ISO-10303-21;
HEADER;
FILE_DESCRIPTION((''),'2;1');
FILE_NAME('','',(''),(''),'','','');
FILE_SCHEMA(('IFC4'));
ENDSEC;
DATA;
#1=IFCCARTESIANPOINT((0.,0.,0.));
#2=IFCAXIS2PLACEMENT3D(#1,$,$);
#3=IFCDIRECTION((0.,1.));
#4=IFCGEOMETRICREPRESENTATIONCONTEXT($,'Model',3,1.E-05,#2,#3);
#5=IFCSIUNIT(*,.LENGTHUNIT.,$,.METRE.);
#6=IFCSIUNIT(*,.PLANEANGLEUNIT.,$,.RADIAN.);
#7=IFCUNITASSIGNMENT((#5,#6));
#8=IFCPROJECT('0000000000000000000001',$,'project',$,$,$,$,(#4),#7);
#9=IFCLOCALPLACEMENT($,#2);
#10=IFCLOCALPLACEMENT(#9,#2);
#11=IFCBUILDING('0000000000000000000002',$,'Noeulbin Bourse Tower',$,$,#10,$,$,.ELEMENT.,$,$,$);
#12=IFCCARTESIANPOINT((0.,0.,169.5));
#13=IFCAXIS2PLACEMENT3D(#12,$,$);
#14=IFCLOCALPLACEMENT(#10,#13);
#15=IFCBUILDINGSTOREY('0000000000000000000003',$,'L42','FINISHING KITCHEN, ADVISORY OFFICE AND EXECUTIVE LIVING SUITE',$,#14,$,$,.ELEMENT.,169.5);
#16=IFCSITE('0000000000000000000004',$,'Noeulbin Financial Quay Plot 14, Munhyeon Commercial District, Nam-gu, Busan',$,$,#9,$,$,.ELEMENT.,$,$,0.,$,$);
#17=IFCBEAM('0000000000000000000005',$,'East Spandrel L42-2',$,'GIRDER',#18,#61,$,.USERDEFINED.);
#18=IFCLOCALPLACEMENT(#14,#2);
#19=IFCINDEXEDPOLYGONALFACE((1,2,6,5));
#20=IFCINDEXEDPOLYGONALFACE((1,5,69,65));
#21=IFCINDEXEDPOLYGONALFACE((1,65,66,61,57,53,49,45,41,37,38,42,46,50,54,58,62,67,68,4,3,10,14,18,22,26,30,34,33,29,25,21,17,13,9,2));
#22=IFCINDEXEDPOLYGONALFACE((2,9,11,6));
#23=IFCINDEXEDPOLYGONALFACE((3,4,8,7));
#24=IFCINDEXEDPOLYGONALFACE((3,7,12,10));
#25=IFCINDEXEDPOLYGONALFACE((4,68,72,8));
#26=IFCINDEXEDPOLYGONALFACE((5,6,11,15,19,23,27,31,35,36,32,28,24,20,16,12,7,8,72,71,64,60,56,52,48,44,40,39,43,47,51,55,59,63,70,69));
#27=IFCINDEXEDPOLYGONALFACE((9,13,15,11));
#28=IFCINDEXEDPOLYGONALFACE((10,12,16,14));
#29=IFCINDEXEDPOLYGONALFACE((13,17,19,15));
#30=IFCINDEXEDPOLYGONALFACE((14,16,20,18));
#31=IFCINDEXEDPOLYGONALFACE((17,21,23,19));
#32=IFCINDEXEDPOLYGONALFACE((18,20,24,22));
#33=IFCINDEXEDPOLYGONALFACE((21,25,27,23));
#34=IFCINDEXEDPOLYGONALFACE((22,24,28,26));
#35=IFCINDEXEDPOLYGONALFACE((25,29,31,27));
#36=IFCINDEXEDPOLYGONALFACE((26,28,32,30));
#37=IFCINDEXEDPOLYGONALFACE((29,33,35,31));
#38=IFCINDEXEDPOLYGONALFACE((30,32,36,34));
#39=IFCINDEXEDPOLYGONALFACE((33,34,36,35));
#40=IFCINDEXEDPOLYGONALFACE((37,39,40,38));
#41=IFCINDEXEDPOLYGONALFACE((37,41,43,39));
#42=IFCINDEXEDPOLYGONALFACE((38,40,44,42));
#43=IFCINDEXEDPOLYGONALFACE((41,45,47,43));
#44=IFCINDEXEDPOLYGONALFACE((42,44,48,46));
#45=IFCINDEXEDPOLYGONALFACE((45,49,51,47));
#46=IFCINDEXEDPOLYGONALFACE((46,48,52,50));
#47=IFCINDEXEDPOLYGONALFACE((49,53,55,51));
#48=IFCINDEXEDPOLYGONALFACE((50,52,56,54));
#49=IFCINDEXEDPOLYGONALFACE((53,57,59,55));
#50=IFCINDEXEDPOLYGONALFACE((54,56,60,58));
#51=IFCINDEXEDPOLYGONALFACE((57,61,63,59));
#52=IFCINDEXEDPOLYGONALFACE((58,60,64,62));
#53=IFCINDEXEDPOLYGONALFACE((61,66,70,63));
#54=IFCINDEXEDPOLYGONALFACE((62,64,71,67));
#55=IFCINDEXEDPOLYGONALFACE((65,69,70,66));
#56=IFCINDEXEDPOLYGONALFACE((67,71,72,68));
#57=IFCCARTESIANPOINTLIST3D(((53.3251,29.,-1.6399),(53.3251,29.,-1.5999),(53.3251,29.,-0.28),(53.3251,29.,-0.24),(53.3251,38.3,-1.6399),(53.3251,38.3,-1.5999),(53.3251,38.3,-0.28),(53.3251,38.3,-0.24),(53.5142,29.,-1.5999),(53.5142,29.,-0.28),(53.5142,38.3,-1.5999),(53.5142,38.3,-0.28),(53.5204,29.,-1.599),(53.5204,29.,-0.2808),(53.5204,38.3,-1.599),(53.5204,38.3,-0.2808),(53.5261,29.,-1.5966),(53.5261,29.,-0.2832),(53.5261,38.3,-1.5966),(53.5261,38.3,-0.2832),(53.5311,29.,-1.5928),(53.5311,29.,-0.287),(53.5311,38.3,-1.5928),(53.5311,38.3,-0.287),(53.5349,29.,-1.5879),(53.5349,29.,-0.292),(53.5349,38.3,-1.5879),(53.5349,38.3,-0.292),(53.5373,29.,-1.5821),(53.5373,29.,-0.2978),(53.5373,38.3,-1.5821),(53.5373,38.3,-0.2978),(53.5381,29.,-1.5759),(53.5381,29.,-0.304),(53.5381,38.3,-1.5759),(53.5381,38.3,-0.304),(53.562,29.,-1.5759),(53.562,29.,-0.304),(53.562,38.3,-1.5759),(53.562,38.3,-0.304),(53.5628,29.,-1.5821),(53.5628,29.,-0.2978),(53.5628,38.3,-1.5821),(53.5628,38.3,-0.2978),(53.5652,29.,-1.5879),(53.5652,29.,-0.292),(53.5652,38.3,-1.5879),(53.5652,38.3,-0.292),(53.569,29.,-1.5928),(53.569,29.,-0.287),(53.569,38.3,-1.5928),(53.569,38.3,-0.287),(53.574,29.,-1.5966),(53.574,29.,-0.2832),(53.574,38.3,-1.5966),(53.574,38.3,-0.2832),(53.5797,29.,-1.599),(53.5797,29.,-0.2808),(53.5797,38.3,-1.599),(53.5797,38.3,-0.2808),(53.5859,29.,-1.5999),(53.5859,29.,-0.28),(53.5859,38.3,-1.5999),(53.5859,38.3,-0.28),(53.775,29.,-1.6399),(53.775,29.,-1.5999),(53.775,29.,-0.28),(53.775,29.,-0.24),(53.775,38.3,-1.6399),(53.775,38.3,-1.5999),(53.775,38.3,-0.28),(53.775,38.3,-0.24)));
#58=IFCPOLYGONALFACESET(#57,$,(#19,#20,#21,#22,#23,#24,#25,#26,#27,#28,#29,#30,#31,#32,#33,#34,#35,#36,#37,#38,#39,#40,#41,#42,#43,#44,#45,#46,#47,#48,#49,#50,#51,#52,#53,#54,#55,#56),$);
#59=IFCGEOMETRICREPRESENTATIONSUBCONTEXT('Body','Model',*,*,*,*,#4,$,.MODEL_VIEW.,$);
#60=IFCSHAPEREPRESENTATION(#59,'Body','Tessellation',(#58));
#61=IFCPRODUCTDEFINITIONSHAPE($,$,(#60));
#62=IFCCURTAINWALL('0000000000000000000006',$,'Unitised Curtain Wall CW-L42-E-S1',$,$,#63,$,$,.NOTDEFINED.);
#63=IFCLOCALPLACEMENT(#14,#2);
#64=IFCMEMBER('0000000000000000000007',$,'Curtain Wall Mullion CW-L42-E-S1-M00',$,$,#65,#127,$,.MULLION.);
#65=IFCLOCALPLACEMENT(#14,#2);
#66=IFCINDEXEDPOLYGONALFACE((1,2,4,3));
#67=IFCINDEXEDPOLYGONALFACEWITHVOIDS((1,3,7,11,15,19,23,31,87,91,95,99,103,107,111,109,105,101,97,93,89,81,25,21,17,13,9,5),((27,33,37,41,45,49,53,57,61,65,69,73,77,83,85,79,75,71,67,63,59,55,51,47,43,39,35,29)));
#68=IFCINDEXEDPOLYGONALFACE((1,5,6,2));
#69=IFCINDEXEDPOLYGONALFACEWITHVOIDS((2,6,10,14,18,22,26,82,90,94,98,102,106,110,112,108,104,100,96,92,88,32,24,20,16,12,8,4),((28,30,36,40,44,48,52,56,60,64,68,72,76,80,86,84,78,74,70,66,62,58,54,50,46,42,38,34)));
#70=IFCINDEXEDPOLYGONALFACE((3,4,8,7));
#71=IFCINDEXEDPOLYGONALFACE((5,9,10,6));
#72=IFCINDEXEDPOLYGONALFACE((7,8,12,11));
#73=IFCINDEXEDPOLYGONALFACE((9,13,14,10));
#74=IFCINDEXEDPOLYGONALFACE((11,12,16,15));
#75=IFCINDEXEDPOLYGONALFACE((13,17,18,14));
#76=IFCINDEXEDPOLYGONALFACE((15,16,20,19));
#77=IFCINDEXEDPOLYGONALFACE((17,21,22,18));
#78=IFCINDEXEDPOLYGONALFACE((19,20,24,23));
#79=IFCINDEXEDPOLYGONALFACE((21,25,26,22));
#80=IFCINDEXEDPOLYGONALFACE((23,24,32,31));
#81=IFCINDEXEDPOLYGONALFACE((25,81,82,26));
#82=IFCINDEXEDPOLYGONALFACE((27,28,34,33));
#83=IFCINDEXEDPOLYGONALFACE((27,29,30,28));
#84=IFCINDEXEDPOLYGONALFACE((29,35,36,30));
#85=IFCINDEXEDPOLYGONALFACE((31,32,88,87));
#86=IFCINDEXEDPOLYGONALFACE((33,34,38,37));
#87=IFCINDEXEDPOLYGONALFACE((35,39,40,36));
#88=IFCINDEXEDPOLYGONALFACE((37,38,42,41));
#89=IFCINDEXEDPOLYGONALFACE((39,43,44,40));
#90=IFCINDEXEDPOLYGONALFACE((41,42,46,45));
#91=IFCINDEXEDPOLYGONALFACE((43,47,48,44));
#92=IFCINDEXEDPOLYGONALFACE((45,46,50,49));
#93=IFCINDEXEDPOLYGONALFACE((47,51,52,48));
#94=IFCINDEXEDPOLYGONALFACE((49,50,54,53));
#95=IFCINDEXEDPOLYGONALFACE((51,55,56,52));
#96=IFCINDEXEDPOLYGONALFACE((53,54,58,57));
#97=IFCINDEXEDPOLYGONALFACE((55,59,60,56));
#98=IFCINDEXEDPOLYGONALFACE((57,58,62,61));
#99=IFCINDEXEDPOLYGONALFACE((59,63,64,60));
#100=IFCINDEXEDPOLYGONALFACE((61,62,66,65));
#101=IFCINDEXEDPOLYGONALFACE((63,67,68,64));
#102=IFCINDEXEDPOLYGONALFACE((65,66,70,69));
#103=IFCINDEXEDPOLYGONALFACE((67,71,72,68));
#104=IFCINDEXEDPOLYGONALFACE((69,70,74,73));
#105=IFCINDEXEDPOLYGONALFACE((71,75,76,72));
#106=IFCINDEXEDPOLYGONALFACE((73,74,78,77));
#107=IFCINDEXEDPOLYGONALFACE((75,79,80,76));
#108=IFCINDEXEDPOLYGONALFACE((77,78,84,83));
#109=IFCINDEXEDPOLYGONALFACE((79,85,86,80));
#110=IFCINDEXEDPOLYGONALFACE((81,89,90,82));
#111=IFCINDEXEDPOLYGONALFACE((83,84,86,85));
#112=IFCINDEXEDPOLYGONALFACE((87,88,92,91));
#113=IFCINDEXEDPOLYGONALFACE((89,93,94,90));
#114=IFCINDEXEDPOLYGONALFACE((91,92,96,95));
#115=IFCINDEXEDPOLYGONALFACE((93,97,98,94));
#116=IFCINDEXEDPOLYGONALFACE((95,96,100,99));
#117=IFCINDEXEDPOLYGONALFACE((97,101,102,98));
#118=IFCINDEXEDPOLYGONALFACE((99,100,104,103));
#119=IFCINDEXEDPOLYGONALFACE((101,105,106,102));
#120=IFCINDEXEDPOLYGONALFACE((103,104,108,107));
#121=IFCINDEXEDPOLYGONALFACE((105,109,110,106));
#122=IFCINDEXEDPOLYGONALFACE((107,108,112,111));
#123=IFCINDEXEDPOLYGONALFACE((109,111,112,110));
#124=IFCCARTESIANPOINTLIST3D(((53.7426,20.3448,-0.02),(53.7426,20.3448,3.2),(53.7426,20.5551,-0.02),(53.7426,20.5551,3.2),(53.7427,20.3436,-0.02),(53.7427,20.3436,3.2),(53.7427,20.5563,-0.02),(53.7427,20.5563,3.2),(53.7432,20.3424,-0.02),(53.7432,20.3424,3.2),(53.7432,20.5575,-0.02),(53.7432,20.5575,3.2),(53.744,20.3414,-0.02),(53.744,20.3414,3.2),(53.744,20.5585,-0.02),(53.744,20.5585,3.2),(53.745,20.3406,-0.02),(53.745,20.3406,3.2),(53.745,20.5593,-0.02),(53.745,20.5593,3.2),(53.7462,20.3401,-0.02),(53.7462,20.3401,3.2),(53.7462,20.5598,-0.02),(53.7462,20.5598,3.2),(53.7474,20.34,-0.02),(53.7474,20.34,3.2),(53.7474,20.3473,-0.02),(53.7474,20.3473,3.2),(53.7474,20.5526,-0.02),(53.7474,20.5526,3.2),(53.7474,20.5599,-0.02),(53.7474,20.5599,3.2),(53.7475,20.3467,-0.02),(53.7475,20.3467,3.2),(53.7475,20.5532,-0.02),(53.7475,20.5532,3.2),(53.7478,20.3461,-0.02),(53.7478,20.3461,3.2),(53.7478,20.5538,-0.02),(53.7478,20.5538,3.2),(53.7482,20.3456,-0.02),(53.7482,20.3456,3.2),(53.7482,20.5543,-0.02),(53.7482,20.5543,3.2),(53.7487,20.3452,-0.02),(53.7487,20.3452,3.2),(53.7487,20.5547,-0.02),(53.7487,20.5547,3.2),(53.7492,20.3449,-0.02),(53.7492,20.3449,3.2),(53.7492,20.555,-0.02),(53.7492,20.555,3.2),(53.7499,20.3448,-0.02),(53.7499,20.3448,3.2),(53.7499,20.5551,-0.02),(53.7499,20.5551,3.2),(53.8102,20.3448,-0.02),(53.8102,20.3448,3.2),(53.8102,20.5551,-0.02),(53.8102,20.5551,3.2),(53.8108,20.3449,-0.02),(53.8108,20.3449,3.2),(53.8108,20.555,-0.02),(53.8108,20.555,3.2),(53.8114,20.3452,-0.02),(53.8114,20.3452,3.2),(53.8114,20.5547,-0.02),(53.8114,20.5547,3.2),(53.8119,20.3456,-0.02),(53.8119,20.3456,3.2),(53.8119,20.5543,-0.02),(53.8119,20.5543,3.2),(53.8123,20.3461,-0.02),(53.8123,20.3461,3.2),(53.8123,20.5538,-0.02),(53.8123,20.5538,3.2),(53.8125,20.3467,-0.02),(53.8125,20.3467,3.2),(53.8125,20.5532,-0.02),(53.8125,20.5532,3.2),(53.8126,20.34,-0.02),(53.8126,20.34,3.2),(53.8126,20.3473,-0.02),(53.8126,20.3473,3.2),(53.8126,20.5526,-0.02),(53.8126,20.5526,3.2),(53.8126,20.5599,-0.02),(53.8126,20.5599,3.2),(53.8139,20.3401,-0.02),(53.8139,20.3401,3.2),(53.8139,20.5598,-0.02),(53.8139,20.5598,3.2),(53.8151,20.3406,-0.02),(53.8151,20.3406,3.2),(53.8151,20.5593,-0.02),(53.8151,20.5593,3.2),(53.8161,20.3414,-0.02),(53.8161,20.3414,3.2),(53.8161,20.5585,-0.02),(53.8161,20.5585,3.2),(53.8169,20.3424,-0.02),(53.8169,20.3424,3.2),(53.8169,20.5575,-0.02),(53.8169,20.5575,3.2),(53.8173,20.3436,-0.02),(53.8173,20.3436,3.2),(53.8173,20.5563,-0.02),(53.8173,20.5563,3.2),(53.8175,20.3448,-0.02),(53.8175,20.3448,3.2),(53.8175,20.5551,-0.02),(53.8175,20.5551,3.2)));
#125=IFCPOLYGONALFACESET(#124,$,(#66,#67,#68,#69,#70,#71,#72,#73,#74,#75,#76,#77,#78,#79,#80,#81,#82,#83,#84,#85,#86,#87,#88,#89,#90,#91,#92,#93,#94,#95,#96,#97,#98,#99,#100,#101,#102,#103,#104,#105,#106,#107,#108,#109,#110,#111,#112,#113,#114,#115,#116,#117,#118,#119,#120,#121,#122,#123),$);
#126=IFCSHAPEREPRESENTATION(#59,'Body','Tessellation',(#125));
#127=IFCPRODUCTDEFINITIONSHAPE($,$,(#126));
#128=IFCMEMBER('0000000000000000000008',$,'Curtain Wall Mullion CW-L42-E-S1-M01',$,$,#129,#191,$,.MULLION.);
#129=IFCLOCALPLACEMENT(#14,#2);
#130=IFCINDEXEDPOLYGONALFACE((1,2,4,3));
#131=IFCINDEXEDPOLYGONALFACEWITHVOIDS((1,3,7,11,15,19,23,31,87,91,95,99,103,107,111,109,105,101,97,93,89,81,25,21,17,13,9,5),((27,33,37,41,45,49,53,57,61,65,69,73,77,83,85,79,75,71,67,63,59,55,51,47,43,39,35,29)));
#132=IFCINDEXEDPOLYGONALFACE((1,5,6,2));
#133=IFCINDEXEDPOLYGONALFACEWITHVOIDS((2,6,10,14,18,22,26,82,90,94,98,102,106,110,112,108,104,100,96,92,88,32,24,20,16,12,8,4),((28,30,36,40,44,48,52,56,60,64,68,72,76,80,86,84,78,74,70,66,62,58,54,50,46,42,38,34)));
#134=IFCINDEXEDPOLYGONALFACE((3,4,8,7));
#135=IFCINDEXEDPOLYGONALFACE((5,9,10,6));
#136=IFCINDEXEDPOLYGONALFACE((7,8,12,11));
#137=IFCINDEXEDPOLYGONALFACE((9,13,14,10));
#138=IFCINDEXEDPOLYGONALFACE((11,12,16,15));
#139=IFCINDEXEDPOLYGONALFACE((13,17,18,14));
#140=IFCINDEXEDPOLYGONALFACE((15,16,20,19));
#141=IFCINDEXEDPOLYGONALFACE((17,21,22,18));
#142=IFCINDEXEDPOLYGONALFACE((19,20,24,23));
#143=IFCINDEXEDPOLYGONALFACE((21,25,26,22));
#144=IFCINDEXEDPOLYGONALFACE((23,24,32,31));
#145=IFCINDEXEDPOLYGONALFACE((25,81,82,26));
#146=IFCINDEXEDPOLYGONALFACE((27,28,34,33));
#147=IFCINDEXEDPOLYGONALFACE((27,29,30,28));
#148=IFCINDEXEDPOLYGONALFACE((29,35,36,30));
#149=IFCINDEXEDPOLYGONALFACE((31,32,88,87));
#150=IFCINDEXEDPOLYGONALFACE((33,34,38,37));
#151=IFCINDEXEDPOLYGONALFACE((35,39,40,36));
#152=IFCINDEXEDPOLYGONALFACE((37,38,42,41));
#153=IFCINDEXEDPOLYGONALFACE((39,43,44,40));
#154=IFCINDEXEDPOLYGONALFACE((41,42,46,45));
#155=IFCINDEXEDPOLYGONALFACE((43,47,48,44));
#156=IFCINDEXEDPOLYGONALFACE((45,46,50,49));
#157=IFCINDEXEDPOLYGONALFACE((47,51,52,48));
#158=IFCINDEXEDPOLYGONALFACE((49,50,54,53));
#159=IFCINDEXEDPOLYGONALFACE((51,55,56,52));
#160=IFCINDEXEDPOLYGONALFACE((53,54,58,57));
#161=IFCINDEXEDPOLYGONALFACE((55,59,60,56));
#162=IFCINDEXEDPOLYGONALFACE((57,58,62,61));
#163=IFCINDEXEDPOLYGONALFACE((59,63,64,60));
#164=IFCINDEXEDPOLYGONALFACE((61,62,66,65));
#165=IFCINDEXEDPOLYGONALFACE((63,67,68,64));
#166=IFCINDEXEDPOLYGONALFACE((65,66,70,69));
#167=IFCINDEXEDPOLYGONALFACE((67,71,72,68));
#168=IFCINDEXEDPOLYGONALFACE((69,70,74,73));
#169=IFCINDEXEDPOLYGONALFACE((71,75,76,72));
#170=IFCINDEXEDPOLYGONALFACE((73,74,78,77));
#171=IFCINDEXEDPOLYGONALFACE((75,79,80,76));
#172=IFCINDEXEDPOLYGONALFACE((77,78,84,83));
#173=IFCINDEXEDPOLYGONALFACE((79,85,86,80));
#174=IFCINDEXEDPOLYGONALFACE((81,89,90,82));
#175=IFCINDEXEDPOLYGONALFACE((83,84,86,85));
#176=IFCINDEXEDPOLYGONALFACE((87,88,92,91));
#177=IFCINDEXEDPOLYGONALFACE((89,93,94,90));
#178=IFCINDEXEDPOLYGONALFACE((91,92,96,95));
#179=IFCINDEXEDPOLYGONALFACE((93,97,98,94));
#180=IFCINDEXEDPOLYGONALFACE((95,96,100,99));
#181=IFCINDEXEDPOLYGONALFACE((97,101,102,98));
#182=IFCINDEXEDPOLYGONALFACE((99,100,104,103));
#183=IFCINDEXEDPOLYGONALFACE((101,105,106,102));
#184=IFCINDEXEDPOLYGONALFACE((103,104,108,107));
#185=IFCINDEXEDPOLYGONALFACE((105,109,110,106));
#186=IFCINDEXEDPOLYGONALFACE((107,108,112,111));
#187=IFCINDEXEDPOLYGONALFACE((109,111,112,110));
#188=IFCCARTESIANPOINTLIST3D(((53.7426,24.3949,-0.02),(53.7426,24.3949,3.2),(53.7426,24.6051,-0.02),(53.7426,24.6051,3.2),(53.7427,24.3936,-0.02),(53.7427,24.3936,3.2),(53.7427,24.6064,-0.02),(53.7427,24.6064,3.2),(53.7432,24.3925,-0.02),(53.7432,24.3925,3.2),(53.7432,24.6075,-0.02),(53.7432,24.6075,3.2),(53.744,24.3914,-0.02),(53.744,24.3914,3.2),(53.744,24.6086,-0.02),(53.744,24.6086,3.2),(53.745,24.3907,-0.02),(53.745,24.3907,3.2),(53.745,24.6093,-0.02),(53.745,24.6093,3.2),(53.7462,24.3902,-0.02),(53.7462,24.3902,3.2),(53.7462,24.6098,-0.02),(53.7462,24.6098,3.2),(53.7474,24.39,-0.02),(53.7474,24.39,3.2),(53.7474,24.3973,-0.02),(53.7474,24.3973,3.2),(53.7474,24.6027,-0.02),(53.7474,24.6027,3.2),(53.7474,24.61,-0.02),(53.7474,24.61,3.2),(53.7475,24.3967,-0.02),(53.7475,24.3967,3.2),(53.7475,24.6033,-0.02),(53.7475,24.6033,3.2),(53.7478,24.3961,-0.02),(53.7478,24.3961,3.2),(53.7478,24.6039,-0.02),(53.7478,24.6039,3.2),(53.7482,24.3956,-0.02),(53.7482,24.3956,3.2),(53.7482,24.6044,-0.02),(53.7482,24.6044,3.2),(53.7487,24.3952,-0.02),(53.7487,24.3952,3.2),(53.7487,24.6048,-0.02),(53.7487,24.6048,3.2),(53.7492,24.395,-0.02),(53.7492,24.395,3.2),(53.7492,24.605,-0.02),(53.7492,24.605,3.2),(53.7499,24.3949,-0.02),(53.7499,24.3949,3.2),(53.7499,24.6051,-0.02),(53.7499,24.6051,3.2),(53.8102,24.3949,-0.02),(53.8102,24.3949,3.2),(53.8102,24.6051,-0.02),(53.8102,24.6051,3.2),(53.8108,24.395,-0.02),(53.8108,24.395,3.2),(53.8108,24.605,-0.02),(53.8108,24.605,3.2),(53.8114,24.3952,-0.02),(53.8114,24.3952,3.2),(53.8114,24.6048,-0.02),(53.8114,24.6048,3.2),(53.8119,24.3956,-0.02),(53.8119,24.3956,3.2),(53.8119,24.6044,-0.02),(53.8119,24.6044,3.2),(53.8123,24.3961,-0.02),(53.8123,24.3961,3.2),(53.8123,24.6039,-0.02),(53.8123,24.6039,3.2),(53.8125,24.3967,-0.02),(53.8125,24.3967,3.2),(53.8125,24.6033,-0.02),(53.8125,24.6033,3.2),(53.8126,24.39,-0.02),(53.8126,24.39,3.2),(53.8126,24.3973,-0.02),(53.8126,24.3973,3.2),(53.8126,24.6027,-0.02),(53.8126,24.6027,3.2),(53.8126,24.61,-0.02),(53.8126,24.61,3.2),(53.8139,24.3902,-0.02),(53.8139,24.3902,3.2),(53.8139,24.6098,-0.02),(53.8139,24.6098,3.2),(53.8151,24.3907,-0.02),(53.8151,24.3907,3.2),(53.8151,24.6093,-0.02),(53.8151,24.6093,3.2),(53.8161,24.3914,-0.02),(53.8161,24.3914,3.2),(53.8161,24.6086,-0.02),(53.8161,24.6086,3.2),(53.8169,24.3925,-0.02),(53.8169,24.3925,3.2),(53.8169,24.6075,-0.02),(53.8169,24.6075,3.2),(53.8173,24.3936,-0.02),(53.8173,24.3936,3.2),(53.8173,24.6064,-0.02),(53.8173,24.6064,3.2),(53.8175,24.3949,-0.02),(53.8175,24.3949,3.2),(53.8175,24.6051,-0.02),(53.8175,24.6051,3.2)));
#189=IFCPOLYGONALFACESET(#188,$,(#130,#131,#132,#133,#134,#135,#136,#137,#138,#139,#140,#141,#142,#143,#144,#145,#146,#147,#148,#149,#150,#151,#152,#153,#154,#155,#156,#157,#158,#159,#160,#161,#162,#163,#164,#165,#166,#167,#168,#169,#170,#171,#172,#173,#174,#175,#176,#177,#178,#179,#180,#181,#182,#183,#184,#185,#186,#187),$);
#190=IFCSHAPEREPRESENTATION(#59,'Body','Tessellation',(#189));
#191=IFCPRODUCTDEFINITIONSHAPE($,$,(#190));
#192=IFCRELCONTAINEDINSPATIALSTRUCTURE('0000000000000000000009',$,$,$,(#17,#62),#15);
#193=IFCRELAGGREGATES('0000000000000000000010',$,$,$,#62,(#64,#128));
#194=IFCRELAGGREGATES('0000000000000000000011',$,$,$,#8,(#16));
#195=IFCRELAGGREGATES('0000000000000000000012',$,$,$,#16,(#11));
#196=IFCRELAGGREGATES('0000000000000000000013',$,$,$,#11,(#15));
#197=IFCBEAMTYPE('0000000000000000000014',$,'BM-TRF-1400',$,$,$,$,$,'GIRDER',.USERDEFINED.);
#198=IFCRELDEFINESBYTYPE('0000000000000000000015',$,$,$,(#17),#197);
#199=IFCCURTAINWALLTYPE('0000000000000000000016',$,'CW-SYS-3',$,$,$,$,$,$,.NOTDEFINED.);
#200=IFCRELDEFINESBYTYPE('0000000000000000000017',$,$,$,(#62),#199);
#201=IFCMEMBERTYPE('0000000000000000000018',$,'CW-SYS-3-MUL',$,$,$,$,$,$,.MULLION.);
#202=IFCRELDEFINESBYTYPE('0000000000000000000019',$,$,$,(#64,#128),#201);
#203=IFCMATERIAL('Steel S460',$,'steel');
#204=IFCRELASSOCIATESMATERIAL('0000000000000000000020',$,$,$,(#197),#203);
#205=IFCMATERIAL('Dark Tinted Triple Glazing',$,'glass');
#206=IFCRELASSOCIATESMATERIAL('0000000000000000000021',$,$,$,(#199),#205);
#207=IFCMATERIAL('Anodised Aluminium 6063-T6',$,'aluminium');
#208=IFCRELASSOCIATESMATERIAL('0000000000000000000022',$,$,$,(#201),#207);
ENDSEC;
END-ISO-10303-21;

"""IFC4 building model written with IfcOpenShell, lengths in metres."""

from ifc_helpers import new_model, si_unit, direction, frame, origin, origin_2d, place, context, subcontext, project, spatial, hollow_rectangle, i_section, extrude, material, material_profile, profile_set, type_object, element, aggregate, save


model = new_model("IFC4")

# Units and contexts
model_context = context("Model", 3, precision=1e-05, world=origin(), true_north=direction((0.0, 1.0)))
body_context = subcontext(model_context, "Body", "Model", "MODEL_VIEW")
ifc_project = project(units=[si_unit("LENGTHUNIT", "METRE"), si_unit("PLANEANGLEUNIT", "RADIAN")], contexts=[model_context])

# Site, building, storey
site_placement = place(None, origin())
site = spatial("IfcSite", under=ifc_project, at=site_placement, Name="Noeulbin Financial Quay Plot 14, Munhyeon Commercial District, Nam-gu, Busan", CompositionType="ELEMENT", RefElevation=0.0)
building_placement = place(site_placement, origin())
building = spatial("IfcBuilding", under=site, at=building_placement, Name="Noeulbin Bourse Tower", CompositionType="ELEMENT")
storey_placement = place(building_placement, frame((0.0, 0.0, 169.5)))
storey = spatial("IfcBuildingStorey", under=building, at=storey_placement, Name="L42", Description="FINISHING KITCHEN, ADVISORY OFFICE AND EXECUTIVE LIVING SUITE", CompositionType="ELEMENT", Elevation=169.5)

# Shared definitions
ifc_material_1 = material(Name="Steel S460", Category="steel")

# Beam
ifc_material_profile_1 = material_profile(ifc_material_1, i_section(OverallWidth=0.45, OverallDepth=1.3999, WebThickness=0.0239, FlangeThickness=0.04, FilletRadius=0.0239, at=origin_2d()), Name="PG-1400x450x24x40", Category="LoadBearing")
ifc_profile_set_1 = profile_set([ifc_material_profile_1], Name="Steel S460")
beam_type_1 = type_object("IfcBeamType", Name="BM-TRF-1400", ElementType="GIRDER", PredefinedType="USERDEFINED", material=ifc_profile_set_1)
beam_1_placement = place(storey_placement, frame((53.55, 29.0, -0.9399), z_axis=(0.0, 1.0, 0.0), x_axis=(-1.0, 0.0, 0.0)))
element("IfcBeam", 1, at=beam_1_placement, inside=storey, type_object=beam_type_1, Name="East Spandrel L42-2", ObjectType="GIRDER", PredefinedType="USERDEFINED", context=body_context, shape_type="SweptSolid", body=[
    extrude(i_section(OverallWidth=0.45, OverallDepth=1.3999, WebThickness=0.0239, FlangeThickness=0.04, FilletRadius=0.0239, at=origin_2d()), origin(), (0.0, 0.0, 1.0), 9.3),
])

# Curtain wall, members
ifc_material_2 = material(Name="Dark Tinted Triple Glazing", Category="glass")
curtain_wall_type = type_object("IfcCurtainWallType", Name="CW-SYS-3", PredefinedType="NOTDEFINED", material=ifc_material_2)
curtain_wall_placement = place(storey_placement, origin())
curtain_wall = element("IfcCurtainWall", 2, at=curtain_wall_placement, inside=storey, type_object=curtain_wall_type, Name="Unitised Curtain Wall CW-L42-E-S1", PredefinedType="NOTDEFINED")
ifc_material_3 = material(Name="Anodised Aluminium 6063-T6", Category="aluminium")
ifc_material_profile_2 = material_profile(ifc_material_3, hollow_rectangle(XDim=0.075, YDim=0.22, WallThickness=0.0049, InnerFilletRadius=0.0024, OuterFilletRadius=0.0049, at=origin_2d()), Name="ALU-MULL-75x220x5", Category="LoadBearing")
ifc_profile_set_2 = profile_set([ifc_material_profile_2], Name="Anodised Aluminium 6063-T6")
member_type_1 = type_object("IfcMemberType", Name="CW-SYS-3-MUL", PredefinedType="MULLION", material=ifc_profile_set_2)
member_1_placement = place(storey_placement, frame((53.78, 20.45, -0.02), z_axis=(0.0, 0.0, 1.0), x_axis=(1.0, 0.0, 0.0)))
member_1 = element("IfcMember", 3, at=member_1_placement, type_object=member_type_1, Name="Curtain Wall Mullion CW-L42-E-S1-M00", PredefinedType="MULLION", context=body_context, shape_type="SweptSolid", body=[
    extrude(hollow_rectangle(XDim=0.075, YDim=0.22, WallThickness=0.0049, InnerFilletRadius=0.0024, OuterFilletRadius=0.0049, at=origin_2d()), origin(), (0.0, 0.0, 1.0), 3.22),
])
member_2_placement = place(storey_placement, frame((53.78, 24.5, -0.02), z_axis=(0.0, 0.0, 1.0), x_axis=(1.0, 0.0, 0.0)))
member_2 = element("IfcMember", 4, at=member_2_placement, type_object=member_type_1, Name="Curtain Wall Mullion CW-L42-E-S1-M01", PredefinedType="MULLION", context=body_context, shape_type="SweptSolid", body=[
    extrude(hollow_rectangle(XDim=0.075, YDim=0.22, WallThickness=0.0049, InnerFilletRadius=0.0024, OuterFilletRadius=0.0049, at=origin_2d()), origin(), (0.0, 0.0, 1.0), 3.22),
])
aggregate(curtain_wall, [member_1, member_2])

save(model, "model.ifc")
